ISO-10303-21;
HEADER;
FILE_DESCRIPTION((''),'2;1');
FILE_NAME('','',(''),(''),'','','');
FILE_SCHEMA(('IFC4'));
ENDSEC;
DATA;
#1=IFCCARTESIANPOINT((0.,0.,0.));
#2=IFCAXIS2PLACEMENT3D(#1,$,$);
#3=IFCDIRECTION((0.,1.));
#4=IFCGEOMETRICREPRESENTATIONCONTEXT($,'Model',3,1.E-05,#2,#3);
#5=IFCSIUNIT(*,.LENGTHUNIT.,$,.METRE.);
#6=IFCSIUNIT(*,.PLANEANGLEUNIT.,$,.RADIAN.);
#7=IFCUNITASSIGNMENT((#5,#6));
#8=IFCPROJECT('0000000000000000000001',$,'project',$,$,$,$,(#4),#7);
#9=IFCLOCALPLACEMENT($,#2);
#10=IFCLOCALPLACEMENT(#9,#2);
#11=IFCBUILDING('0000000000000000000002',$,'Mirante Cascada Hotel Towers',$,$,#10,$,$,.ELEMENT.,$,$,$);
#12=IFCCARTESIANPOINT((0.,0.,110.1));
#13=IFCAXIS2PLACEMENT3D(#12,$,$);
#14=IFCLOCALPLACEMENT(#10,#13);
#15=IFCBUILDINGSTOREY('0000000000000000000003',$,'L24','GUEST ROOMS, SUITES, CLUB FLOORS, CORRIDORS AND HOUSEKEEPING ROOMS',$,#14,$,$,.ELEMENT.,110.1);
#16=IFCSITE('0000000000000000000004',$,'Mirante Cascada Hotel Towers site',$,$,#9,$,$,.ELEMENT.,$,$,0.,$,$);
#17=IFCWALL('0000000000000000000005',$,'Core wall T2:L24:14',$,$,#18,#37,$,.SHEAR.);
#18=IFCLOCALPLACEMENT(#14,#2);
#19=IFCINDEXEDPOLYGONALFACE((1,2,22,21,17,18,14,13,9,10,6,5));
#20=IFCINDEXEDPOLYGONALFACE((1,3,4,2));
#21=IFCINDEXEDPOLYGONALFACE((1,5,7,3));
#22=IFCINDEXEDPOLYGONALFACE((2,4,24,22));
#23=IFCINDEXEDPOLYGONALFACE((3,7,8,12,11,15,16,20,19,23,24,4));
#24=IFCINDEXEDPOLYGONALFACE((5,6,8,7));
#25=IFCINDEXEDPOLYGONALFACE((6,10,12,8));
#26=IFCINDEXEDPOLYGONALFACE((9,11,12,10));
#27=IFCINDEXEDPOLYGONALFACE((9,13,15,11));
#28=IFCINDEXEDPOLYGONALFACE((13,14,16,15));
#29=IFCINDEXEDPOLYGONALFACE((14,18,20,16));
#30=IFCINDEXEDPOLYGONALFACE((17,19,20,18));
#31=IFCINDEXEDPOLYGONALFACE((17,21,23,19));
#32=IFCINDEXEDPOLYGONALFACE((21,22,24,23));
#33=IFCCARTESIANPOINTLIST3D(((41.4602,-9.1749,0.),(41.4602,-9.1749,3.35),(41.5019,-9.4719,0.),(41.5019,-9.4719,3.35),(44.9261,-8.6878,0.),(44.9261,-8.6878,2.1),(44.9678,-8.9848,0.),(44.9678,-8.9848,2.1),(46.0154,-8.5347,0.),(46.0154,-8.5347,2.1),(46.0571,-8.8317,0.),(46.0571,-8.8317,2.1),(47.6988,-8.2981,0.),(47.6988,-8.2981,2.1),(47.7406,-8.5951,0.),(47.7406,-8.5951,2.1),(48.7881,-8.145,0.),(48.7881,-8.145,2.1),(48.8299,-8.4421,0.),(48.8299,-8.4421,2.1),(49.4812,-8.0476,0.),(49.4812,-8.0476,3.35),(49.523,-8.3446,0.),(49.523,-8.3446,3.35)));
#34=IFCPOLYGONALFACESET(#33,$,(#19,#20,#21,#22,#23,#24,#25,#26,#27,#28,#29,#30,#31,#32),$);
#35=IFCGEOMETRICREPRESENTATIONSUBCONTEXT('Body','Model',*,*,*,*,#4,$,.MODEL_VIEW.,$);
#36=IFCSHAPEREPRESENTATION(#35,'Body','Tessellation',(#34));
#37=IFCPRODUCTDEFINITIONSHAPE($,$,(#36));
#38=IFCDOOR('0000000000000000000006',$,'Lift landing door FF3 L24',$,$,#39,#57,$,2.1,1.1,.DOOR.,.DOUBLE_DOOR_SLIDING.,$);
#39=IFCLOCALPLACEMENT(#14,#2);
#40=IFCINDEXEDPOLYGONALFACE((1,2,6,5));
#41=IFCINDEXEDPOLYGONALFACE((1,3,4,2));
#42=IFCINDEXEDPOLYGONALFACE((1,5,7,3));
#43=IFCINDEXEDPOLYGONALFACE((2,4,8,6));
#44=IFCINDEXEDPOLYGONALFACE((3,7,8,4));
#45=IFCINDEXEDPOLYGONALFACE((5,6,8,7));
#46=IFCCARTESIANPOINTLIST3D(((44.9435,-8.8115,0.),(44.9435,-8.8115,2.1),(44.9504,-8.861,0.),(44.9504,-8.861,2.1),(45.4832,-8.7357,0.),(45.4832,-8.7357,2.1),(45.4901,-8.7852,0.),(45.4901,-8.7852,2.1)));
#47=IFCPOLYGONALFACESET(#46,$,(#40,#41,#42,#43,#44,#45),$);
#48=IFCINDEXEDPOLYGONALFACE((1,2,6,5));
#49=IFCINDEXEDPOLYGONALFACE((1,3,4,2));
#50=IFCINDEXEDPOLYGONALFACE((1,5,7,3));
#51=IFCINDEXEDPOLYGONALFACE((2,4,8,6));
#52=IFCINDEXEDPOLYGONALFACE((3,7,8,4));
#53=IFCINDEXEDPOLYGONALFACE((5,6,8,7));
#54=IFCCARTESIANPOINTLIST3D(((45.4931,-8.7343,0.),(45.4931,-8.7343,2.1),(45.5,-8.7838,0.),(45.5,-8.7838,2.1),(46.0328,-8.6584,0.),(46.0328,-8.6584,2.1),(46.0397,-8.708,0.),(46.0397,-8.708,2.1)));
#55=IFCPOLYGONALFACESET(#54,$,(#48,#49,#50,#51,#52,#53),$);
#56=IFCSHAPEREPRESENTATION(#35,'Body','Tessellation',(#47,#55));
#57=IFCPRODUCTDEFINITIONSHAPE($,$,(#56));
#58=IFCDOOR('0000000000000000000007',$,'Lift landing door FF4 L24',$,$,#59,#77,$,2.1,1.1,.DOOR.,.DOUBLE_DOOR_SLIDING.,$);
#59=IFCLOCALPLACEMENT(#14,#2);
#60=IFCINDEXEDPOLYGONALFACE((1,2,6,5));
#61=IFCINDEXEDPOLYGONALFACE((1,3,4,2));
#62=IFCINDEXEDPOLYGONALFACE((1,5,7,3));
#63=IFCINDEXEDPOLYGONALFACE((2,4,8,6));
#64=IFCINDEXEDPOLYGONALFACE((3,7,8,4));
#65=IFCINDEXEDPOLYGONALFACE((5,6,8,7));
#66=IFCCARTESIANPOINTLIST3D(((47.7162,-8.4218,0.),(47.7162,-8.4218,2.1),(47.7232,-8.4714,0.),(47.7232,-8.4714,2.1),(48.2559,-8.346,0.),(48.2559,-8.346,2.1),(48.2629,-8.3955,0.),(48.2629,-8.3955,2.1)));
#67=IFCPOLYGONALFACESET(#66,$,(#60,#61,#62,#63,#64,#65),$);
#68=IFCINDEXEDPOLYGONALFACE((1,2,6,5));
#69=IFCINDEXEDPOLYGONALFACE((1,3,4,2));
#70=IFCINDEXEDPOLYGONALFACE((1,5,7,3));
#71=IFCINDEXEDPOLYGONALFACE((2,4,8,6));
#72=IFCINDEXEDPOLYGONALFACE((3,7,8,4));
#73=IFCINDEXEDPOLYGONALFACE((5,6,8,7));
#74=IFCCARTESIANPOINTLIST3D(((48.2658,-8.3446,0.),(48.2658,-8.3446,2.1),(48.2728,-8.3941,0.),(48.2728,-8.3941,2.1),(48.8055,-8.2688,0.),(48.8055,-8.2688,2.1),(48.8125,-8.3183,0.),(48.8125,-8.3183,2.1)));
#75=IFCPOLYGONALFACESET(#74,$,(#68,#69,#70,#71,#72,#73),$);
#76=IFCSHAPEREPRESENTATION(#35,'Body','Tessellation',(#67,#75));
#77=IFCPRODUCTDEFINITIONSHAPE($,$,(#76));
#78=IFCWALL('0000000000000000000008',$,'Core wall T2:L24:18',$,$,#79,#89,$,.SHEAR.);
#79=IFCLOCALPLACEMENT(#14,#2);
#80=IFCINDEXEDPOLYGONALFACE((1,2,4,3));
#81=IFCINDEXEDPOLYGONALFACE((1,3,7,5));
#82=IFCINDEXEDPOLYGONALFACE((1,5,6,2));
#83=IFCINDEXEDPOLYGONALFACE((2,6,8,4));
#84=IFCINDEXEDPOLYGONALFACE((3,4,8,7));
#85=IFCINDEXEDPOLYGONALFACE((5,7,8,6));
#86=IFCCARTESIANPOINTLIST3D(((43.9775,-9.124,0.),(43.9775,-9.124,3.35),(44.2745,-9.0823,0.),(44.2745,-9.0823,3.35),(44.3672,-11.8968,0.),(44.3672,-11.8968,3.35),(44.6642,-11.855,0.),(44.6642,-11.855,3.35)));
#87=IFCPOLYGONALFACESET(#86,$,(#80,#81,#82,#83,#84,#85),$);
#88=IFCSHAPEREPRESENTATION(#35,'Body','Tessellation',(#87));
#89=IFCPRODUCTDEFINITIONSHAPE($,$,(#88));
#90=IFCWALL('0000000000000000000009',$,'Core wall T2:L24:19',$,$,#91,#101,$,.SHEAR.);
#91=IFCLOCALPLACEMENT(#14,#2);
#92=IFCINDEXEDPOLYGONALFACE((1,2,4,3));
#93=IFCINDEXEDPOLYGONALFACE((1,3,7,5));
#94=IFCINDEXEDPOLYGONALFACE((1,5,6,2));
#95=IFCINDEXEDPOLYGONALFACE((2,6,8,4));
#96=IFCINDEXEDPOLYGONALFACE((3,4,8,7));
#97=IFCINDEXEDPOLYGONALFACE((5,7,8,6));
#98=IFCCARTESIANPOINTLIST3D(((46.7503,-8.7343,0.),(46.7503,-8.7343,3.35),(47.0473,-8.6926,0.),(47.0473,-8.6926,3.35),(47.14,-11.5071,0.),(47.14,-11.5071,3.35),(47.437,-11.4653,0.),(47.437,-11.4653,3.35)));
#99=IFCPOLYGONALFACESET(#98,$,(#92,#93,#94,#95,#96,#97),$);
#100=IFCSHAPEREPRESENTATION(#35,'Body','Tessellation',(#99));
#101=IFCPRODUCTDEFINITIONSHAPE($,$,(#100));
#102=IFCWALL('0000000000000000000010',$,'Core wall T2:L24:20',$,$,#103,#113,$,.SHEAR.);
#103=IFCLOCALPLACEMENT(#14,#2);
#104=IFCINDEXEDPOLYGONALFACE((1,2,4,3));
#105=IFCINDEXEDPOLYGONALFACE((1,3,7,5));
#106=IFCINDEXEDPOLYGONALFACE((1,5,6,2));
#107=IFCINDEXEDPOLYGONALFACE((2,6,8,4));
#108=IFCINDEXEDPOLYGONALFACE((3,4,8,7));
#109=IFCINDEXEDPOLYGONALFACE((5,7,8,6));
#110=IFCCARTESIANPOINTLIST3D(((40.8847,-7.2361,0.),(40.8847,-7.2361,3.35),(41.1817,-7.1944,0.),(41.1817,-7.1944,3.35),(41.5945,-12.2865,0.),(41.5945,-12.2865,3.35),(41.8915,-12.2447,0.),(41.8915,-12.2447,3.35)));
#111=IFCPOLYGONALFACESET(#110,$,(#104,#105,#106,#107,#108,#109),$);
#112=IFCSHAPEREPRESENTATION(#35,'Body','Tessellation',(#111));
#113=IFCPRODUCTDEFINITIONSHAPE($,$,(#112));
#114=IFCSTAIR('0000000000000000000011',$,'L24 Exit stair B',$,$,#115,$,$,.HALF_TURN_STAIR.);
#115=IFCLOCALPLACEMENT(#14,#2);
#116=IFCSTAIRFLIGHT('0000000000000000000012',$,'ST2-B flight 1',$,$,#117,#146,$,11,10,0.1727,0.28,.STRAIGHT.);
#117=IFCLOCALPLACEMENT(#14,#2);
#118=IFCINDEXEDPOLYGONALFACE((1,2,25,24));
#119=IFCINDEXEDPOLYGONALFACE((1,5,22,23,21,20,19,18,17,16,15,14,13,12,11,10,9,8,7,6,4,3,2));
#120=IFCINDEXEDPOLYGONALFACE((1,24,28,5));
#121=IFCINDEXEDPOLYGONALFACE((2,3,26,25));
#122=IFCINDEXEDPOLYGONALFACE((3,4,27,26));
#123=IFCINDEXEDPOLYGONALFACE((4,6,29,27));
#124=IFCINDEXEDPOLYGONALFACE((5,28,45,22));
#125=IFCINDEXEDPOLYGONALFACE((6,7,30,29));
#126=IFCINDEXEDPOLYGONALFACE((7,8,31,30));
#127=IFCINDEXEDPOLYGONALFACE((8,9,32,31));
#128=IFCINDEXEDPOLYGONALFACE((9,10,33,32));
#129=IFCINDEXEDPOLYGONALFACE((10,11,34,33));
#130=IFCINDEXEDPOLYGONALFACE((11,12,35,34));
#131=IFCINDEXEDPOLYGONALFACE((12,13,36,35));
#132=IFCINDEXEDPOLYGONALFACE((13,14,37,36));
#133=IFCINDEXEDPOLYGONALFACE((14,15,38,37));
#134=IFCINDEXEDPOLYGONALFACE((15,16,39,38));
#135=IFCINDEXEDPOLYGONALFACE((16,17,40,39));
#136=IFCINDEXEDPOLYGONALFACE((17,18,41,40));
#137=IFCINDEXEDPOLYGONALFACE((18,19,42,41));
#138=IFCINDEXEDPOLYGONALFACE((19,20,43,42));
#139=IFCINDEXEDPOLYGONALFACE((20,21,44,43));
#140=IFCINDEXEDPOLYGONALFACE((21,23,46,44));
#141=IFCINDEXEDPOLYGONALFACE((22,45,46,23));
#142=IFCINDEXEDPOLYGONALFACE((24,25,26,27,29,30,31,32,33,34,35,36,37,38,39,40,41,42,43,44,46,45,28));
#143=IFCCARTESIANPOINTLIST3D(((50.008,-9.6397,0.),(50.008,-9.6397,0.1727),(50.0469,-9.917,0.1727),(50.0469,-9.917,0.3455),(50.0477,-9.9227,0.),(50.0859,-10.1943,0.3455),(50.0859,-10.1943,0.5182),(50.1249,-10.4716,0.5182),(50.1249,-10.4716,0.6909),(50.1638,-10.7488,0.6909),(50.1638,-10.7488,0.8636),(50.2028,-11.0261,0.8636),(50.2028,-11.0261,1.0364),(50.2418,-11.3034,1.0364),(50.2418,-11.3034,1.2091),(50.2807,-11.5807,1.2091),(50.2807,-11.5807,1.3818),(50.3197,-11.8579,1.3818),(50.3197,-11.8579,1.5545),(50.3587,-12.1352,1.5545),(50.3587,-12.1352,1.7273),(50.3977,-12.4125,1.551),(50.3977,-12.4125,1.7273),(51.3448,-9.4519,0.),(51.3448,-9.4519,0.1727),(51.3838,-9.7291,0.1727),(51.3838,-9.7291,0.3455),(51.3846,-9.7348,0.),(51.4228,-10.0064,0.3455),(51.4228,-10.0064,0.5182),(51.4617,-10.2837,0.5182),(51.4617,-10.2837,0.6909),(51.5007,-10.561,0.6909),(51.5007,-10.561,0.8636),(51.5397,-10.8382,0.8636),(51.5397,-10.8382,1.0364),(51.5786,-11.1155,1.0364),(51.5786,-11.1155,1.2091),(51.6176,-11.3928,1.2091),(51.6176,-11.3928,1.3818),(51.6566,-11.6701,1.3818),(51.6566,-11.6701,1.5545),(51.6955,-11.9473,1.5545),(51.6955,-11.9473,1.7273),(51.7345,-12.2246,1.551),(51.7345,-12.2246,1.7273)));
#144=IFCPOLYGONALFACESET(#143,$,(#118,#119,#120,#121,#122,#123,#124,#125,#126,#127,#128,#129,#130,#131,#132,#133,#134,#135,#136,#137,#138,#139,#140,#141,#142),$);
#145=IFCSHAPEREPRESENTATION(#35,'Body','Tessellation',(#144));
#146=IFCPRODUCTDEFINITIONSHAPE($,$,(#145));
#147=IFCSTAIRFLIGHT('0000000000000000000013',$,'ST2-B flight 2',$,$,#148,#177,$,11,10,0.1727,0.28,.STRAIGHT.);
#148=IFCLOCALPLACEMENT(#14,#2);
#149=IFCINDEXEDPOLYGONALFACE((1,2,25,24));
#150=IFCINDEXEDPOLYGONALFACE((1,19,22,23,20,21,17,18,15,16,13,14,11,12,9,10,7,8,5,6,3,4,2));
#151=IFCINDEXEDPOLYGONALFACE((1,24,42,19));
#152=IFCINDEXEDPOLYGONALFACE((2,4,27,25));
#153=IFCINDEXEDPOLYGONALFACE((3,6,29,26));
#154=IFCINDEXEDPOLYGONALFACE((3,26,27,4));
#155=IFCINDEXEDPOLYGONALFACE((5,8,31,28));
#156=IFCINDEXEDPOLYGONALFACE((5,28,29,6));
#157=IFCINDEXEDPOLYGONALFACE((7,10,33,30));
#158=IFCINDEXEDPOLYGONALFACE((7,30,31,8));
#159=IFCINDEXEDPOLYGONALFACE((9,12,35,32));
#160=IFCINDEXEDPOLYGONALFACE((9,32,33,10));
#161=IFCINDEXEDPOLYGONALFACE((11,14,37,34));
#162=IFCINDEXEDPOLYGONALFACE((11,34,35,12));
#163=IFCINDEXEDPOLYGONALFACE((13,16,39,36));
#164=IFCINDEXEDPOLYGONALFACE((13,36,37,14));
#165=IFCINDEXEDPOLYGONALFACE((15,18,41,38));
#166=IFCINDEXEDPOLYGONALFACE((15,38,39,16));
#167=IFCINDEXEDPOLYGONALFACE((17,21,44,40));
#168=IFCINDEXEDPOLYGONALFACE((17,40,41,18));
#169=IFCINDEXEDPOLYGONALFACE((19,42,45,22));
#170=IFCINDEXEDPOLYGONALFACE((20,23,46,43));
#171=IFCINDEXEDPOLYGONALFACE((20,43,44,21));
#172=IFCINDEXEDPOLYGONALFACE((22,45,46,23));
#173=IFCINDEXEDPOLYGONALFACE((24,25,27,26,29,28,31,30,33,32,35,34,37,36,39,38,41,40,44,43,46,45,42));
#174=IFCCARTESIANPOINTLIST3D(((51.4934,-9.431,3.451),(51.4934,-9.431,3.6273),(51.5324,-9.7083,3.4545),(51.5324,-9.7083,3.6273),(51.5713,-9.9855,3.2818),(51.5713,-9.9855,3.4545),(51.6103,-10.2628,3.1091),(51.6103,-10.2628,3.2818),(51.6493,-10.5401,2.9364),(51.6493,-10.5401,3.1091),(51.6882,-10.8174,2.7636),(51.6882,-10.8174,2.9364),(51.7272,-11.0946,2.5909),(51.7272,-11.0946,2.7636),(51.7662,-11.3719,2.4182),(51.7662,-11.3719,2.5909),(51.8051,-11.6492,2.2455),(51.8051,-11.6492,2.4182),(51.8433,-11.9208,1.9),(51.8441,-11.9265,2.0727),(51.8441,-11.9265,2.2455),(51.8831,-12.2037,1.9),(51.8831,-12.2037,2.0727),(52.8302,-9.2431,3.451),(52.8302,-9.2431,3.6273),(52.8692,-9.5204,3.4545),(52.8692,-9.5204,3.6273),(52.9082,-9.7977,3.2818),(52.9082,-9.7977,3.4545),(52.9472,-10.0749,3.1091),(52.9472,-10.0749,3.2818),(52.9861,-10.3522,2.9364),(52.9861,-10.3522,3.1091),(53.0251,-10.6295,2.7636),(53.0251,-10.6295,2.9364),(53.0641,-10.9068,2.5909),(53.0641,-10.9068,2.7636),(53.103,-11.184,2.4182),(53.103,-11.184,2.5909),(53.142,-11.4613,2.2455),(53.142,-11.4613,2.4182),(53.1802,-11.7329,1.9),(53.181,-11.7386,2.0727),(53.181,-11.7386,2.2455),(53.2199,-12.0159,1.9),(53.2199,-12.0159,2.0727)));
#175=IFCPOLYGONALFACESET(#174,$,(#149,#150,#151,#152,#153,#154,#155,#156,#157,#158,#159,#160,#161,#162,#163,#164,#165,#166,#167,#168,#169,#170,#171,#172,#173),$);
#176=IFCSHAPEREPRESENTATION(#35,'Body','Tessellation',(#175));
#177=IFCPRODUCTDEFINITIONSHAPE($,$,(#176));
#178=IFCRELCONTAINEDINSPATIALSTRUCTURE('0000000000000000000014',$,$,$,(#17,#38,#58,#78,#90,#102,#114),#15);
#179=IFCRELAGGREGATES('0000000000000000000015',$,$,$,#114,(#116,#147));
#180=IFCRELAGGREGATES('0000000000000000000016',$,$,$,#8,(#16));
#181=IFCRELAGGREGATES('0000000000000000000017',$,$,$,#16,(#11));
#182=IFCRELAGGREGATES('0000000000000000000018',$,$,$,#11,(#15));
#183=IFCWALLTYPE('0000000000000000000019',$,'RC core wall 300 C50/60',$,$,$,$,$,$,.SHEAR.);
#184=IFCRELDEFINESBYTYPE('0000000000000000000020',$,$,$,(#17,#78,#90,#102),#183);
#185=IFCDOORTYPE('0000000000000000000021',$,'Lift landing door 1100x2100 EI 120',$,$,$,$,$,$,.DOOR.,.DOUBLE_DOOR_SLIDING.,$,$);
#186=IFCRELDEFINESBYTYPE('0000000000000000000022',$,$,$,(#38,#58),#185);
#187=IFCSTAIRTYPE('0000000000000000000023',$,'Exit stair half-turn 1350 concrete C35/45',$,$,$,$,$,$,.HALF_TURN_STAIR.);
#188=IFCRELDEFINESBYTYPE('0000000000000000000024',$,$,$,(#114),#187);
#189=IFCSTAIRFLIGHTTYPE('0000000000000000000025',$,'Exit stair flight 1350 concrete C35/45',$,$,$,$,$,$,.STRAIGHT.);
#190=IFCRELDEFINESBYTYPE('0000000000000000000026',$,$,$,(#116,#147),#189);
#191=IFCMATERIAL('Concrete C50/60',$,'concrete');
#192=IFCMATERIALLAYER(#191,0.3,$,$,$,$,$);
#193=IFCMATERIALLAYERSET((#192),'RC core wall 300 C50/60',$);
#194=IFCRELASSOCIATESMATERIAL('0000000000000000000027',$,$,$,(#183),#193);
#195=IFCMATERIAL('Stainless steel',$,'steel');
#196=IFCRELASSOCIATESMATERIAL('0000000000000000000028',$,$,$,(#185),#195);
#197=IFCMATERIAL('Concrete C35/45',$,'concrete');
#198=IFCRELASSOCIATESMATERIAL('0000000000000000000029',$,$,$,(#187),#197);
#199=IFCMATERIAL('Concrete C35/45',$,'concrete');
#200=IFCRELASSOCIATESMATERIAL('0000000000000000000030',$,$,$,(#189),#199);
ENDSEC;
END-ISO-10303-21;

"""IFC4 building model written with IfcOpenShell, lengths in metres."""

from ifc_helpers import new_model, si_unit, direction, frame, frame_2d, origin, place, context, subcontext, project, spatial, polyline, rectangle, outline, extrude, material, layer, layer_set, type_object, element, fill, aggregate, save


model = new_model("IFC4")

# Units and contexts
model_context = context("Model", 3, precision=1e-05, world=origin(), true_north=direction((0.0, 1.0)))
body_context = subcontext(model_context, "Body", "Model", "MODEL_VIEW")
ifc_project = project(units=[si_unit("LENGTHUNIT", "METRE"), si_unit("PLANEANGLEUNIT", "RADIAN")], contexts=[model_context])

# Site, building, storey
site_placement = place(None, origin())
site = spatial("IfcSite", under=ifc_project, at=site_placement, Name="Mirante Cascada Hotel Towers site", CompositionType="ELEMENT", RefElevation=0.0)
building_placement = place(site_placement, origin())
building = spatial("IfcBuilding", under=site, at=building_placement, Name="Mirante Cascada Hotel Towers", CompositionType="ELEMENT")
storey_placement = place(building_placement, frame((0.0, 0.0, 110.1)))
storey = spatial("IfcBuildingStorey", under=building, at=storey_placement, Name="L24", Description="GUEST ROOMS, SUITES, CLUB FLOORS, CORRIDORS AND HOUSEKEEPING ROOMS", CompositionType="ELEMENT", Elevation=110.1)

# Shared definitions
ifc_material_1 = material(Name="Concrete C50/60", Category="concrete")
ifc_layer_1 = layer(ifc_material_1, 0.3)
ifc_layer_set_1 = layer_set([ifc_layer_1], Name="RC core wall 300 C50/60")
wall_type_1 = type_object("IfcWallType", Name="RC core wall 300 C50/60", PredefinedType="SHEAR", material=ifc_layer_set_1)
ifc_material_2 = material(Name="Stainless steel", Category="steel")
door_type_1 = type_object("IfcDoorType", Name="Lift landing door 1100x2100 EI 120", OperationType="DOUBLE_DOOR_SLIDING", PredefinedType="DOOR", material=ifc_material_2)

# Wall, openings, doors
wall_1_placement = place(storey_placement, frame((41.481, -9.3234, 0.0), z_axis=(0.0, 0.0, 1.0), x_axis=(0.990268, 0.139174, 0.0)))
wall_1 = element("IfcWall", 1, at=wall_1_placement, inside=storey, type_object=wall_type_1, Name="Core wall T2:L24:14", PredefinedType="SHEAR", context=body_context, shape_type="SweptSolid", body=[
    extrude(rectangle(XDim=8.0999, YDim=0.3, at=frame_2d((4.05, 0.0))), origin(), (0.0, 0.0, 1.0), 3.35),
])
opening_1_placement = place(wall_1_placement, frame((3.5, 0.0, 0.0)))
opening_1 = element("IfcOpeningElement", 2, at=opening_1_placement, cuts=wall_1, PredefinedType="OPENING", context=body_context, shape_type="SweptSolid", body=[
    extrude(rectangle(XDim=1.1, YDim=2.1, at=frame_2d((0.55, 1.05))), frame((0.0, 0.15, 0.0), z_axis=(0.0, -1.0, 0.0), x_axis=(1.0, 0.0, 0.0)), (0.0, 0.0, 1.0), 0.3),
])
opening_2_placement = place(wall_1_placement, frame((6.3, 0.0, 0.0)))
opening_2 = element("IfcOpeningElement", 3, at=opening_2_placement, cuts=wall_1, PredefinedType="OPENING", context=body_context, shape_type="SweptSolid", body=[
    extrude(rectangle(XDim=1.1, YDim=2.1, at=frame_2d((0.55, 1.05))), frame((0.0, 0.15, 0.0), z_axis=(0.0, -1.0, 0.0), x_axis=(1.0, 0.0, 0.0)), (0.0, 0.0, 1.0), 0.3),
])
door_1_placement = place(opening_1_placement, origin())
door_1 = element("IfcDoor", 4, at=door_1_placement, inside=storey, type_object=door_type_1, Name="Lift landing door FF3 L24", OperationType="DOUBLE_DOOR_SLIDING", OverallHeight=2.1, OverallWidth=1.1, PredefinedType="DOOR", context=body_context, shape_type="SweptSolid", body=[
    extrude(rectangle(XDim=0.545, YDim=2.1, at=frame_2d((0.2725, 1.05))), frame((0.0, 0.025, 0.0), z_axis=(0.0, -1.0, 0.0), x_axis=(1.0, 0.0, 0.0)), (0.0, 0.0, 1.0), 0.05),
    extrude(rectangle(XDim=0.545, YDim=2.1, at=frame_2d((0.8275, 1.05))), frame((0.0, 0.025, 0.0), z_axis=(0.0, -1.0, 0.0), x_axis=(1.0, 0.0, 0.0)), (0.0, 0.0, 1.0), 0.05),
])
fill(opening_1, door_1)
door_2_placement = place(opening_2_placement, origin())
door_2 = element("IfcDoor", 5, at=door_2_placement, inside=storey, type_object=door_type_1, Name="Lift landing door FF4 L24", OperationType="DOUBLE_DOOR_SLIDING", OverallHeight=2.1, OverallWidth=1.1, PredefinedType="DOOR", context=body_context, shape_type="SweptSolid", body=[
    extrude(rectangle(XDim=0.545, YDim=2.1, at=frame_2d((0.2725, 1.05))), frame((0.0, 0.025, 0.0), z_axis=(0.0, -1.0, 0.0), x_axis=(1.0, 0.0, 0.0)), (0.0, 0.0, 1.0), 0.05),
    extrude(rectangle(XDim=0.545, YDim=2.1, at=frame_2d((0.8275, 1.05))), frame((0.0, 0.025, 0.0), z_axis=(0.0, -1.0, 0.0), x_axis=(1.0, 0.0, 0.0)), (0.0, 0.0, 1.0), 0.05),
])
fill(opening_2, door_2)

# Walls
for number, where, z_axis, x_axis, name in (
    (6, (44.5157, -11.8759, 0.0), (0.0, 0.0, 1.0), (-0.139181, 0.990267, 0.0), "Core wall T2:L24:18"),
    (7, (47.2885, -11.4862, 0.0), (0.0, 0.0, 1.0), (-0.139181, 0.990267, 0.0), "Core wall T2:L24:19"),
):
    element("IfcWall", number, at=place(storey_placement, frame(where, z_axis=z_axis, x_axis=x_axis)), inside=storey, type_object=wall_type_1, Name=name, PredefinedType="SHEAR", context=body_context, shape_type="SweptSolid", body=[
        extrude(rectangle(XDim=2.8, YDim=0.3, at=frame_2d((1.4, 0.0))), origin(), (0.0, 0.0, 1.0), 3.35),
    ])
wall_2_placement = place(storey_placement, frame((41.743, -12.2656, 0.0), z_axis=(0.0, 0.0, 1.0), x_axis=(-0.139176, 0.990268, 0.0)))
element("IfcWall", 8, at=wall_2_placement, inside=storey, type_object=wall_type_1, Name="Core wall T2:L24:20", PredefinedType="SHEAR", context=body_context, shape_type="SweptSolid", body=[
    extrude(rectangle(XDim=5.1, YDim=0.3, at=frame_2d((2.55, 0.0))), origin(), (0.0, 0.0, 1.0), 3.35),
])

# Stair, stair flights
ifc_material_3 = material(Name="Concrete C35/45", Category="concrete")
stair_type = type_object("IfcStairType", Name="Exit stair half-turn 1350 concrete C35/45", PredefinedType="HALF_TURN_STAIR", material=ifc_material_3)
stair_placement = place(storey_placement, origin())
stair = element("IfcStair", 9, at=stair_placement, inside=storey, type_object=stair_type, Name="L24 Exit stair B", PredefinedType="HALF_TURN_STAIR")
ifc_material_4 = material(Name="Concrete C35/45", Category="concrete")
stair_flight_type = type_object("IfcStairFlightType", Name="Exit stair flight 1350 concrete C35/45", PredefinedType="STRAIGHT", material=ifc_material_4)
stair_flight_1_placement = place(storey_placement, frame((50.6764, -9.5458, 0.0), z_axis=(0.0, 0.0, 1.0), x_axis=(0.139173, -0.990268, 0.0)))
stair_flight_1 = element("IfcStairFlight", 10, at=stair_flight_1_placement, type_object=stair_flight_type, Name="ST2-B flight 1", NumberOfRisers=11, NumberOfTreads=10, PredefinedType="STRAIGHT", RiserHeight=0.1727, TreadLength=0.28, context=body_context, shape_type="SweptSolid", body=[
    extrude(outline(polyline([(0.0, 0.0), (0.0, 0.1727), (0.28, 0.1727), (0.28, 0.3455), (0.56, 0.3455), (0.56, 0.5182), (0.84, 0.5182), (0.84, 0.6909), (1.12, 0.6909), (1.12, 0.8636), (1.4, 0.8636), (1.4, 1.0364), (1.68, 1.0364), (1.68, 1.2091), (1.96, 1.2091), (1.96, 1.3818), (2.24, 1.3818), (2.24, 1.5545), (2.52, 1.5545), (2.52, 1.7273), (2.8, 1.7273), (2.8, 1.9), (2.8, 1.551), (0.2857, 0.0), (0.0, 0.0)])), frame((0.0, 0.675, 0.0), z_axis=(0.0, -1.0, 0.0), x_axis=(1.0, 0.0, 0.0)), (0.0, 0.0, 1.0), 1.35),
])
stair_flight_2_placement = place(storey_placement, frame((52.5515, -12.1098, 1.9), z_axis=(0.0, 0.0, 1.0), x_axis=(-0.139173, 0.990268, 0.0)))
stair_flight_2 = element("IfcStairFlight", 11, at=stair_flight_2_placement, type_object=stair_flight_type, Name="ST2-B flight 2", NumberOfRisers=11, NumberOfTreads=10, PredefinedType="STRAIGHT", RiserHeight=0.1727, TreadLength=0.28, context=body_context, shape_type="SweptSolid", body=[
    extrude(outline(polyline([(0.0, 0.0), (0.0, 0.1727), (0.28, 0.1727), (0.28, 0.3455), (0.56, 0.3455), (0.56, 0.5182), (0.84, 0.5182), (0.84, 0.6909), (1.12, 0.6909), (1.12, 0.8636), (1.4, 0.8636), (1.4, 1.0364), (1.68, 1.0364), (1.68, 1.2091), (1.96, 1.2091), (1.96, 1.3818), (2.24, 1.3818), (2.24, 1.5545), (2.52, 1.5545), (2.52, 1.7273), (2.8, 1.7273), (2.8, 1.9), (2.8, 1.551), (0.2857, 0.0), (0.0, 0.0)])), frame((0.0, 0.675, 0.0), z_axis=(0.0, -1.0, 0.0), x_axis=(1.0, 0.0, 0.0)), (0.0, 0.0, 1.0), 1.35),
])
aggregate(stair, [stair_flight_1, stair_flight_2])

save(model, "model.ifc")
